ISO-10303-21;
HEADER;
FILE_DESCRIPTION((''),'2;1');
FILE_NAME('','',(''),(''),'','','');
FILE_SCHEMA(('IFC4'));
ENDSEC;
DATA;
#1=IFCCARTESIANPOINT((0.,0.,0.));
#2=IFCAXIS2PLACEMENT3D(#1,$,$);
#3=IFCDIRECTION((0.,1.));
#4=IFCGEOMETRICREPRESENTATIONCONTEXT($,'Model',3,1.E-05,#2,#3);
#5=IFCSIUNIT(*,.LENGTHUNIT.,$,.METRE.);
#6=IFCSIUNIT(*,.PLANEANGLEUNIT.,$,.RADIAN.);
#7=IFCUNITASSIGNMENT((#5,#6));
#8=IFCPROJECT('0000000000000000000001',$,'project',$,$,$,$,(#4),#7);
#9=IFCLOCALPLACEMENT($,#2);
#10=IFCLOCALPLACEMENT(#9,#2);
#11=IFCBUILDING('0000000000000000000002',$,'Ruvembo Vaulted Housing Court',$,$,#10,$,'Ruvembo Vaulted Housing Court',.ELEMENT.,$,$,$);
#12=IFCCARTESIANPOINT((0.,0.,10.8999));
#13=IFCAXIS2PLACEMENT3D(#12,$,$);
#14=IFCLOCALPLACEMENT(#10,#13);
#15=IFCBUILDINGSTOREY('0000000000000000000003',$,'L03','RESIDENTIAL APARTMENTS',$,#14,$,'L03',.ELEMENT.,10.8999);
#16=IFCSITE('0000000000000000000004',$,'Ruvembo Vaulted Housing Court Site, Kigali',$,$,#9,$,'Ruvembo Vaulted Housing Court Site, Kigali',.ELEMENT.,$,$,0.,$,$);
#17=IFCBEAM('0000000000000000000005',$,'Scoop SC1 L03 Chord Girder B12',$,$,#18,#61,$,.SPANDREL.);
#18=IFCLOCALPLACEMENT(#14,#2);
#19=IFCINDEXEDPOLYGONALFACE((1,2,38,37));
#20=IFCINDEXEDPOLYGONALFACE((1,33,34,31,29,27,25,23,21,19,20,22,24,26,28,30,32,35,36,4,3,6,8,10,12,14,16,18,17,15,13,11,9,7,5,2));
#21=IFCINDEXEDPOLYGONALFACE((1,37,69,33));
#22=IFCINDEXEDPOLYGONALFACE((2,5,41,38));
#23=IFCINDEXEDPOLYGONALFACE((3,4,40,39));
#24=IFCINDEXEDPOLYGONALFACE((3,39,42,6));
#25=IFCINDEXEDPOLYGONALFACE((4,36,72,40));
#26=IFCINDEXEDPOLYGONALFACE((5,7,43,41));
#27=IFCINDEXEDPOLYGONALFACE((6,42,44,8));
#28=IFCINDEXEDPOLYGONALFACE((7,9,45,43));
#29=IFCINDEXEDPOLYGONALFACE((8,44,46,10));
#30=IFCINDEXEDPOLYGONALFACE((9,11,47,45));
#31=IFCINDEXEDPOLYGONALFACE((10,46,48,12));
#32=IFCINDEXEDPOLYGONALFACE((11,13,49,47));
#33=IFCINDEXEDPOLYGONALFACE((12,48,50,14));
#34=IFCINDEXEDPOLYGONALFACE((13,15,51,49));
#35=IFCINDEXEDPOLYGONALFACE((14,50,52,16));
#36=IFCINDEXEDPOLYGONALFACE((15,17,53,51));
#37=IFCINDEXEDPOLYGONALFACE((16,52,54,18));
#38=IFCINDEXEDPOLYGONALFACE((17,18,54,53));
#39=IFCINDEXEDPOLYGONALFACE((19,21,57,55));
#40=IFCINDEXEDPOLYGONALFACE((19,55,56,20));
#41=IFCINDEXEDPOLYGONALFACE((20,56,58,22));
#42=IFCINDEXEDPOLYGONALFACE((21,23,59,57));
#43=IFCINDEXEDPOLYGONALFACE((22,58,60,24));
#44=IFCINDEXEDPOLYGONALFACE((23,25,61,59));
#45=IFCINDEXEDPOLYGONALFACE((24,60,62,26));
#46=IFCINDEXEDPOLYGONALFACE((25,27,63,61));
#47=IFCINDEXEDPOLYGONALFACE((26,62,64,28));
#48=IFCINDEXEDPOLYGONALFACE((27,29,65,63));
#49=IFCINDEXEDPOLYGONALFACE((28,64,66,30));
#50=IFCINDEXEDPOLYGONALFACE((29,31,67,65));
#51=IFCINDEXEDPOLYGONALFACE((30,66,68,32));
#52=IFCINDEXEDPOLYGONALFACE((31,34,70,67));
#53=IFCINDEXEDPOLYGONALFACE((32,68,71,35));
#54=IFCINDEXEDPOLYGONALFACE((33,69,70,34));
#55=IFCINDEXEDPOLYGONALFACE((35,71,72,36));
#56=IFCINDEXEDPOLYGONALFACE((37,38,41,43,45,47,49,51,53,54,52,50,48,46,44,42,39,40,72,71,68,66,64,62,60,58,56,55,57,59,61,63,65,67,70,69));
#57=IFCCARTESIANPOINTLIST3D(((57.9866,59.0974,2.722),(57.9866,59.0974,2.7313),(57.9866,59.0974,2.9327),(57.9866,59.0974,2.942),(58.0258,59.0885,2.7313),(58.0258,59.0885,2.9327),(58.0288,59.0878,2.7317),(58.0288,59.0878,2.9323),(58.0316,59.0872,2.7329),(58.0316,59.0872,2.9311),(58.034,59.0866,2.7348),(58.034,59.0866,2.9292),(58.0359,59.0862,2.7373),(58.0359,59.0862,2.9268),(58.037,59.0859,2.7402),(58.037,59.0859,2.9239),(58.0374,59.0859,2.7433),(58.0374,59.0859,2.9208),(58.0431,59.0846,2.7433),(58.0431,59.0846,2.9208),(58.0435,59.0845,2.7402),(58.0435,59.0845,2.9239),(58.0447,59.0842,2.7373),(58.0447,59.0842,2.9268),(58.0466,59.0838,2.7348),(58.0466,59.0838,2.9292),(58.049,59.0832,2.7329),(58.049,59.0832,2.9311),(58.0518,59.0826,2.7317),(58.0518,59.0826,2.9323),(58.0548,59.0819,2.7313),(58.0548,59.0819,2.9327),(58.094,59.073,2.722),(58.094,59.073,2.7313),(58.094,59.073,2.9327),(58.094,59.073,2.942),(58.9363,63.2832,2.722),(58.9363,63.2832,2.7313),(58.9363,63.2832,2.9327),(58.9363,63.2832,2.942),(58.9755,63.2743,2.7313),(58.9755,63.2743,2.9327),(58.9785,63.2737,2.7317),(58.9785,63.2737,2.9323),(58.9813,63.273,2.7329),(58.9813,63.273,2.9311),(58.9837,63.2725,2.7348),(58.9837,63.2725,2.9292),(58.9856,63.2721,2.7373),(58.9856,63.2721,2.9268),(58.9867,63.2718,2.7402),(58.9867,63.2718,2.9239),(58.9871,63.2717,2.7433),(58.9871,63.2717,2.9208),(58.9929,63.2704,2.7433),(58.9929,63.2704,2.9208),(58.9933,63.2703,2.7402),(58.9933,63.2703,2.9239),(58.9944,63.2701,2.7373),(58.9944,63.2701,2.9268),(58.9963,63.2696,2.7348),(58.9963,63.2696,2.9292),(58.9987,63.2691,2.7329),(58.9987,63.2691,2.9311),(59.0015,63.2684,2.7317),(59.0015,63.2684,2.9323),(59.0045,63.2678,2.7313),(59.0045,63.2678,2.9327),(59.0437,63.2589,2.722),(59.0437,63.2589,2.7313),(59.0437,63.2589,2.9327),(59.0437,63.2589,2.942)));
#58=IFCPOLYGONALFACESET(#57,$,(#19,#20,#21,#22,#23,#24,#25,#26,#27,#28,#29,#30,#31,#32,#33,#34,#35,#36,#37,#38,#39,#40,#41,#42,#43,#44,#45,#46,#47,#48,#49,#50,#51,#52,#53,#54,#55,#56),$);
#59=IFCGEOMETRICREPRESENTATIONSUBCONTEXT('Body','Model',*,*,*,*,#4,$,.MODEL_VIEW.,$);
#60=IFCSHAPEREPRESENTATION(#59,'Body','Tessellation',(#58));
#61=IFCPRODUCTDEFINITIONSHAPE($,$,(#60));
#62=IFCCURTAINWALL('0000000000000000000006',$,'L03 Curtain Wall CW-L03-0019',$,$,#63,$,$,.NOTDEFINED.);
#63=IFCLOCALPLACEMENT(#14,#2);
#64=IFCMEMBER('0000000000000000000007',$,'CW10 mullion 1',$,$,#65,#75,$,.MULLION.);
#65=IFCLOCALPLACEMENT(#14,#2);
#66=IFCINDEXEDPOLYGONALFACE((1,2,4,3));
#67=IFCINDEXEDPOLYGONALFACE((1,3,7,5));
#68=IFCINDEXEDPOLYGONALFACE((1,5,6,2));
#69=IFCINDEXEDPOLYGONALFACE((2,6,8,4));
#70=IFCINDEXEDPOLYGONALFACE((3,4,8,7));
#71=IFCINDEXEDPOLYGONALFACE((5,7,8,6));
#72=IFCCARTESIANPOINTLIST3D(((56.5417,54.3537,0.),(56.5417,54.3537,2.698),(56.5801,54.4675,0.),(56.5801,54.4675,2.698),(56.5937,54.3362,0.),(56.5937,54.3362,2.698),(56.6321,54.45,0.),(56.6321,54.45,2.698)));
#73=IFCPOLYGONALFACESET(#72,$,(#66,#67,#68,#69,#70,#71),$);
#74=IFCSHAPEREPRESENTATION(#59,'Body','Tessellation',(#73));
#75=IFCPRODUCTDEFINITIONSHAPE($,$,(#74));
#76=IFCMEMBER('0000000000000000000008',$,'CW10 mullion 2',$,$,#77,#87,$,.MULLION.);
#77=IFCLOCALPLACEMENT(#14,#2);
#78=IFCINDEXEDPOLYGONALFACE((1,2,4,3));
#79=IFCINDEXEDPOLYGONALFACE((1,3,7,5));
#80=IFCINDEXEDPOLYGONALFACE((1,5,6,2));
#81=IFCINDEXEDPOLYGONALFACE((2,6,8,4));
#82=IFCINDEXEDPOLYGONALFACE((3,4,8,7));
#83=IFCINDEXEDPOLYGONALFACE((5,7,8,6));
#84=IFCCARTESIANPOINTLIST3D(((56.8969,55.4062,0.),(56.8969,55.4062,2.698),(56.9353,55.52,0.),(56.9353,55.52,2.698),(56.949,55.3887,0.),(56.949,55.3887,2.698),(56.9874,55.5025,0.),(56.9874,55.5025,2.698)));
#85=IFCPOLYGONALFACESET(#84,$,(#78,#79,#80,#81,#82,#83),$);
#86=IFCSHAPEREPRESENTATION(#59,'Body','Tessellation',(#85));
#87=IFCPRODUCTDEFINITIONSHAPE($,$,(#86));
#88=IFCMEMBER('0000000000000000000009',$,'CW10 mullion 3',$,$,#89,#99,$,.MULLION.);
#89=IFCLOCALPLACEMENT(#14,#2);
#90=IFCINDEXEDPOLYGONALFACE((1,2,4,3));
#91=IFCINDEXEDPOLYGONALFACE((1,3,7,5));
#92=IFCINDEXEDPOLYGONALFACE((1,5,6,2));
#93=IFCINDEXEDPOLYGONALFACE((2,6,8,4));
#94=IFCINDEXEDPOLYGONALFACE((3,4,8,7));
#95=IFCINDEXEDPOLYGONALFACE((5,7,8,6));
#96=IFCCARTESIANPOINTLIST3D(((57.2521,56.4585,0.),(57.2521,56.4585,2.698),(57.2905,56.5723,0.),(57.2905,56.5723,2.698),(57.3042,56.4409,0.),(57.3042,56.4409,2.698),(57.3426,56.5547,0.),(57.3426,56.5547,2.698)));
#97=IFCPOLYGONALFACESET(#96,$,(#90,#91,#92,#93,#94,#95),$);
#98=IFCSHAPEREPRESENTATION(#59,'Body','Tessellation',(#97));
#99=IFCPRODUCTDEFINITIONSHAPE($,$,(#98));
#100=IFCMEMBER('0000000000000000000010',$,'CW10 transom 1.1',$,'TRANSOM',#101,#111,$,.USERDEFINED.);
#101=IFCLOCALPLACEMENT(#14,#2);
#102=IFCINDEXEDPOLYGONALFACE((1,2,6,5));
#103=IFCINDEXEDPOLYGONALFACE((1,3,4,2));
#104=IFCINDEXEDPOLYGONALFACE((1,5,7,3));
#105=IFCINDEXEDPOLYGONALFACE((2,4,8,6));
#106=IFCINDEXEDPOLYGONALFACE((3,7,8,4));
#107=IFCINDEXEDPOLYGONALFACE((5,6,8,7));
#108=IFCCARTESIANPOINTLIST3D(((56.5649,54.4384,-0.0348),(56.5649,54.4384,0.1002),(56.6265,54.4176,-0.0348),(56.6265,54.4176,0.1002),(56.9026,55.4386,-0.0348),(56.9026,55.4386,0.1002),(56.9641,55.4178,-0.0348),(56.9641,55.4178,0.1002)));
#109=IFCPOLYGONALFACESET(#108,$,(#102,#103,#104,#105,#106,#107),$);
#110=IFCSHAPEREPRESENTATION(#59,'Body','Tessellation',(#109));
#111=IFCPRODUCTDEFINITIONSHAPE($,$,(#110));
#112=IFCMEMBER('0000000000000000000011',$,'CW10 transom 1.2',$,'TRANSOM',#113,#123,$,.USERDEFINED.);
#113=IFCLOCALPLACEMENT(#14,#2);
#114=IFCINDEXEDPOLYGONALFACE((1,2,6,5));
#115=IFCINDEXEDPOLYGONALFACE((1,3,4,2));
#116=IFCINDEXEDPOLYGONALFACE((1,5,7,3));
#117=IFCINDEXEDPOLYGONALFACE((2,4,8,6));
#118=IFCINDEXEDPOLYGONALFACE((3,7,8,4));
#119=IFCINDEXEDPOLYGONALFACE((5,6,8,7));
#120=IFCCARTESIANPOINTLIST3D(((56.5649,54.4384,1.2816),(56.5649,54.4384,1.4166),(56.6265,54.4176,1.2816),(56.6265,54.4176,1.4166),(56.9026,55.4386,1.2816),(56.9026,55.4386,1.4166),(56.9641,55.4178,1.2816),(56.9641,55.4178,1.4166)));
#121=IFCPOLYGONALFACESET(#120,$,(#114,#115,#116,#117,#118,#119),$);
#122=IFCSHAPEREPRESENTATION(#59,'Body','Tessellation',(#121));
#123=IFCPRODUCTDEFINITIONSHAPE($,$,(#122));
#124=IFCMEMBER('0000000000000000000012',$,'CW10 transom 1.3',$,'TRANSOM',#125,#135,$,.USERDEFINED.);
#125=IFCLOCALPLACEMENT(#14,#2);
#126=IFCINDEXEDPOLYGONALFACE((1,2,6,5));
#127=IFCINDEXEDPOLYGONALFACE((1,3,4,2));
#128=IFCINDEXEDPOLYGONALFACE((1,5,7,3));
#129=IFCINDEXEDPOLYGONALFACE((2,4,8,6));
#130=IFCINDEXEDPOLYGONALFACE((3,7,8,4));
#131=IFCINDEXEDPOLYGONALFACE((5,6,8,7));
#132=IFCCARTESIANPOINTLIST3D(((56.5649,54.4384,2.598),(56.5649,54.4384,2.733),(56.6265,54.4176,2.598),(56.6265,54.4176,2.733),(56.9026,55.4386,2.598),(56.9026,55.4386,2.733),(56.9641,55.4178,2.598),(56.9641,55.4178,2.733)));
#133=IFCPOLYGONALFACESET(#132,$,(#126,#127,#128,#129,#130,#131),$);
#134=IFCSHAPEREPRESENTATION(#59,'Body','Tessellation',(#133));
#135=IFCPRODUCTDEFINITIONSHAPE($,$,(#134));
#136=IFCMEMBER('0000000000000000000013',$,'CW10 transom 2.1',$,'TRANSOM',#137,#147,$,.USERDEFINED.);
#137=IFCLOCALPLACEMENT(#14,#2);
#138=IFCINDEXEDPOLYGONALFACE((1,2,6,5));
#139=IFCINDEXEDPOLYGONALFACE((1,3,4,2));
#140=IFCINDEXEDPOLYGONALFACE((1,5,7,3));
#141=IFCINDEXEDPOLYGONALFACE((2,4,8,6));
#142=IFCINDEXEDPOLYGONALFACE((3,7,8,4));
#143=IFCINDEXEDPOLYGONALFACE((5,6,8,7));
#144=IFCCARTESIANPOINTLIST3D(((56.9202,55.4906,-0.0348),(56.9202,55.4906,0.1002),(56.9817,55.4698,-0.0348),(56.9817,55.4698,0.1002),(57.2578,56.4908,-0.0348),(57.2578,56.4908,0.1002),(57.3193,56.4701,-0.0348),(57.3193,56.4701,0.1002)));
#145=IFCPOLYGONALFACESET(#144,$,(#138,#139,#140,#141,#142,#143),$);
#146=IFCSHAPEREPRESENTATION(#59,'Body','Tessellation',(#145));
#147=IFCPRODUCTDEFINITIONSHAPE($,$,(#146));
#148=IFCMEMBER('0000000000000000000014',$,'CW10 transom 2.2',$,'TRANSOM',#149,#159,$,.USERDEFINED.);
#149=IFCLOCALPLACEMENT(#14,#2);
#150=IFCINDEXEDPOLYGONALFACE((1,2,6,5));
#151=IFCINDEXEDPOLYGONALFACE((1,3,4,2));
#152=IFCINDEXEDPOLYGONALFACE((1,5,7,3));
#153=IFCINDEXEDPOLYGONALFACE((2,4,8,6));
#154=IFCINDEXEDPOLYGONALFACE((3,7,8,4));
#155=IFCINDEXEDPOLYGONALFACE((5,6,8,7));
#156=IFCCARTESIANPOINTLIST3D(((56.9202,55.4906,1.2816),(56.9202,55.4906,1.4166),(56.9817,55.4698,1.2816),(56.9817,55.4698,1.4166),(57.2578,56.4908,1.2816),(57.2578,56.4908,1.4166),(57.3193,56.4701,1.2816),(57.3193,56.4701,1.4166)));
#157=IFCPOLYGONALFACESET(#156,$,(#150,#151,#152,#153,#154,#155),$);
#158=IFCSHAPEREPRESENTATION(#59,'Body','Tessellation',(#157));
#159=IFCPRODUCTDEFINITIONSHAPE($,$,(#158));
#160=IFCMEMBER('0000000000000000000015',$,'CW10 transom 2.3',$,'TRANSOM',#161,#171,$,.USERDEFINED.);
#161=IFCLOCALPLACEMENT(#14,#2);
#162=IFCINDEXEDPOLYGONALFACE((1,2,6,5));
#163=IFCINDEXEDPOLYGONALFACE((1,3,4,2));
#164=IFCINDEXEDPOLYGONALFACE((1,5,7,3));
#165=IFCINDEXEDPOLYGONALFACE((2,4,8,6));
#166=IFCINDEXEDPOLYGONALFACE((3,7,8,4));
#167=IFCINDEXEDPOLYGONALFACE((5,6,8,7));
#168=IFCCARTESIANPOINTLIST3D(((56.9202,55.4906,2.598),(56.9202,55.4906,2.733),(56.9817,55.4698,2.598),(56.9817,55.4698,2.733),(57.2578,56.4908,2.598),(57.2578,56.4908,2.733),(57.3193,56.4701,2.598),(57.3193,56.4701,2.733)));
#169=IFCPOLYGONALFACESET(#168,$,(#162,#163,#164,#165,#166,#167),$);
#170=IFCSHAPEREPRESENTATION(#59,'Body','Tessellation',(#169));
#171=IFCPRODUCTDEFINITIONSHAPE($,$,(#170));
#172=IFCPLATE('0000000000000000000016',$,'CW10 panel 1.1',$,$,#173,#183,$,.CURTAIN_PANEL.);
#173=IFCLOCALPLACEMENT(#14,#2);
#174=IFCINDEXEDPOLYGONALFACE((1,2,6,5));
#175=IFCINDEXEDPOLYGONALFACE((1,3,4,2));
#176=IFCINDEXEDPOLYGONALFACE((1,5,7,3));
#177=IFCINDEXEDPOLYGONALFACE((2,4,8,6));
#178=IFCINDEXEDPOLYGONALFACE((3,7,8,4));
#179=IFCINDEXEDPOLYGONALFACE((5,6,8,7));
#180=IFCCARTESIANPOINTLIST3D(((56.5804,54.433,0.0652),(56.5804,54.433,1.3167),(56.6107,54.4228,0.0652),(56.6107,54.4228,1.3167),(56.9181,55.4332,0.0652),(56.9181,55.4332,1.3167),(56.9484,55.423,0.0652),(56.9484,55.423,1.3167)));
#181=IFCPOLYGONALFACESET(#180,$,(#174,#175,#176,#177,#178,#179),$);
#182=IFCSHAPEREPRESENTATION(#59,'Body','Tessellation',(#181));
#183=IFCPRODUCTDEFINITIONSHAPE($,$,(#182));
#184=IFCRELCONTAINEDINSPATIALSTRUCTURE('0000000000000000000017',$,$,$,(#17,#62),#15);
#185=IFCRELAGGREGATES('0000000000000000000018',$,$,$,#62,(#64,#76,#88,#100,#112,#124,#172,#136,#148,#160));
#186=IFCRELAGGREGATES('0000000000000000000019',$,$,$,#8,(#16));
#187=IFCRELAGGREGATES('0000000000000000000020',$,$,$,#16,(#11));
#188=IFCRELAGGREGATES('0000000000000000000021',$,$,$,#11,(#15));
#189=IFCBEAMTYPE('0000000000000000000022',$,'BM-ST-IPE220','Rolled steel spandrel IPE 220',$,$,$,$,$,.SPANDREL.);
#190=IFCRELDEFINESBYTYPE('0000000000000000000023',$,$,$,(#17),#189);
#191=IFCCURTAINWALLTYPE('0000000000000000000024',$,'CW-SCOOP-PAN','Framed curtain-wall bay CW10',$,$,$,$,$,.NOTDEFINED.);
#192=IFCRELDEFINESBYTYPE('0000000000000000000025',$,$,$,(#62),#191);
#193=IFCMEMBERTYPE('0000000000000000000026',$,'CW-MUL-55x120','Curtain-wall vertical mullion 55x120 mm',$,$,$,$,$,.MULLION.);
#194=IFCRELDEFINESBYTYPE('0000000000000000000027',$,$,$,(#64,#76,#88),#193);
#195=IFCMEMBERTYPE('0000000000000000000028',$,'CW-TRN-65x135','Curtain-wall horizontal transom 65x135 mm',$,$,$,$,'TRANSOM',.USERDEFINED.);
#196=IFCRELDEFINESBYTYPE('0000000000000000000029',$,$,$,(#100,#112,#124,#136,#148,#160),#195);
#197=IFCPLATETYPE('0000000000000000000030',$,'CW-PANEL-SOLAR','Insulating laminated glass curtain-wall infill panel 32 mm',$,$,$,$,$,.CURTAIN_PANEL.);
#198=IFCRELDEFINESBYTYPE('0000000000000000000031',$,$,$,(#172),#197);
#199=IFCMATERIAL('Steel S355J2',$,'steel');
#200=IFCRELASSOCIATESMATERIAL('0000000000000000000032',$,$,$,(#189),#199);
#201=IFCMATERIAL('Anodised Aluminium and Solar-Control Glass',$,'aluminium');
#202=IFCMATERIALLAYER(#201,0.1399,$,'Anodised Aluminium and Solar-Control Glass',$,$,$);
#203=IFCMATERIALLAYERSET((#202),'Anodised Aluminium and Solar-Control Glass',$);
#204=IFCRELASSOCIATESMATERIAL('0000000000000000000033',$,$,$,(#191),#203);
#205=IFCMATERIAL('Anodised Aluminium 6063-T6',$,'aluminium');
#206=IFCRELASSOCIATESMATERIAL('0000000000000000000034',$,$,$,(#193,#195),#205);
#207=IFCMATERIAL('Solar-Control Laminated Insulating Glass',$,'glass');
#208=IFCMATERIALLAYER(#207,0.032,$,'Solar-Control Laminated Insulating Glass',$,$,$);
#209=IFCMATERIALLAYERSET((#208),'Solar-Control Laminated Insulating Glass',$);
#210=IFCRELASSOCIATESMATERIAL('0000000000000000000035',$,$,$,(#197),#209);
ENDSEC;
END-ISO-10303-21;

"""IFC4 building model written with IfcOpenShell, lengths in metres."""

from ifc_helpers import new_model, si_unit, direction, frame, origin, origin_2d, place, context, subcontext, project, spatial, rectangle, i_section, extrude, material, layer, layer_set, material_profile, profile_set, type_object, element, aggregate, save


model = new_model("IFC4")

# Units and contexts
model_context = context("Model", 3, precision=1e-05, world=origin(), true_north=direction((0.0, 1.0)))
body_context = subcontext(model_context, "Body", "Model", "MODEL_VIEW")
ifc_project = project(units=[si_unit("LENGTHUNIT", "METRE"), si_unit("PLANEANGLEUNIT", "RADIAN")], contexts=[model_context])

# Site, building, storey
site_placement = place(None, origin())
site = spatial("IfcSite", under=ifc_project, at=site_placement, Name="Ruvembo Vaulted Housing Court Site, Kigali", LongName="Ruvembo Vaulted Housing Court Site, Kigali", CompositionType="ELEMENT", RefElevation=0.0)
building_placement = place(site_placement, origin())
building = spatial("IfcBuilding", under=site, at=building_placement, Name="Ruvembo Vaulted Housing Court", LongName="Ruvembo Vaulted Housing Court", CompositionType="ELEMENT")
storey_placement = place(building_placement, frame((0.0, 0.0, 10.8999)))
storey = spatial("IfcBuildingStorey", under=building, at=storey_placement, Name="L03", Description="RESIDENTIAL APARTMENTS", LongName="L03", CompositionType="ELEMENT", Elevation=10.8999)

# Beam
ifc_material_1 = material(Name="Steel S355J2", Category="steel")
ifc_material_profile_1 = material_profile(ifc_material_1, i_section(OverallWidth=0.1101, OverallDepth=0.22, WebThickness=0.0059, FlangeThickness=0.0093, FilletRadius=0.012, at=origin_2d()), Name="IPE 220")
ifc_profile_set_1 = profile_set([ifc_material_profile_1], Name="Steel S355J2")
beam_type_1 = type_object("IfcBeamType", Name="BM-ST-IPE220", Description="Rolled steel spandrel IPE 220", PredefinedType="SPANDREL", material=ifc_profile_set_1)
beam_1_placement = place(storey_placement, frame((58.0403, 59.0852, 2.832), z_axis=(0.221265, 0.975214, 0.0), x_axis=(-0.975214, 0.221265, 0.0)))
element("IfcBeam", 1, at=beam_1_placement, inside=storey, type_object=beam_type_1, Name="Scoop SC1 L03 Chord Girder B12", PredefinedType="SPANDREL", context=body_context, shape_type="SweptSolid", body=[
    extrude(i_section(OverallWidth=0.1101, OverallDepth=0.22, WebThickness=0.0059, FlangeThickness=0.0093, FilletRadius=0.012, at=origin_2d()), origin(), (0.0, 0.0, 1.0), 4.2922),
])

# Curtain wall, members, plate
ifc_material_2 = material(Name="Anodised Aluminium and Solar-Control Glass", Category="aluminium")
ifc_layer_1 = layer(ifc_material_2, 0.1399, Name="Anodised Aluminium and Solar-Control Glass")
ifc_layer_set_1 = layer_set([ifc_layer_1], Name="Anodised Aluminium and Solar-Control Glass")
curtain_wall_type = type_object("IfcCurtainWallType", Name="CW-SCOOP-PAN", Description="Framed curtain-wall bay CW10", PredefinedType="NOTDEFINED", material=ifc_layer_set_1)
curtain_wall_placement = place(storey_placement, origin())
curtain_wall = element("IfcCurtainWall", 2, at=curtain_wall_placement, inside=storey, type_object=curtain_wall_type, Name="L03 Curtain Wall CW-L03-0019", PredefinedType="NOTDEFINED")
ifc_material_3 = material(Name="Anodised Aluminium 6063-T6", Category="aluminium")
ifc_material_profile_2 = material_profile(ifc_material_3, rectangle(XDim=0.0549, YDim=0.1201, at=origin_2d()), Name="ALU 55x120")
ifc_profile_set_2 = profile_set([ifc_material_profile_2], Name="Anodised Aluminium 6063-T6")
member_type_1 = type_object("IfcMemberType", Name="CW-MUL-55x120", Description="Curtain-wall vertical mullion 55x120 mm", PredefinedType="MULLION", material=ifc_profile_set_2)
member_1_placement = place(storey_placement, frame((56.5869, 54.4019, 0.0), z_axis=(0.0, 0.0, 1.0), x_axis=(-0.947473, 0.319836, 0.0)))
member_1 = element("IfcMember", 3, at=member_1_placement, type_object=member_type_1, Name="CW10 mullion 1", PredefinedType="MULLION", context=body_context, shape_type="SweptSolid", body=[
    extrude(rectangle(XDim=0.0549, YDim=0.1201, at=origin_2d()), origin(), (0.0, 0.0, 1.0), 2.698),
])
member_2_placement = place(storey_placement, frame((56.9421, 55.4543, 0.0), z_axis=(0.0, 0.0, 1.0), x_axis=(-0.947473, 0.319836, 0.0)))
member_2 = element("IfcMember", 4, at=member_2_placement, type_object=member_type_1, Name="CW10 mullion 2", PredefinedType="MULLION", context=body_context, shape_type="SweptSolid", body=[
    extrude(rectangle(XDim=0.0549, YDim=0.1201, at=origin_2d()), origin(), (0.0, 0.0, 1.0), 2.698),
])
member_3_placement = place(storey_placement, frame((57.2974, 56.5066, 0.0), z_axis=(0.0, 0.0, 1.0), x_axis=(-0.947473, 0.319836, 0.0)))
member_3 = element("IfcMember", 5, at=member_3_placement, type_object=member_type_1, Name="CW10 mullion 3", PredefinedType="MULLION", context=body_context, shape_type="SweptSolid", body=[
    extrude(rectangle(XDim=0.0549, YDim=0.1201, at=origin_2d()), origin(), (0.0, 0.0, 1.0), 2.698),
])
ifc_material_profile_3 = material_profile(ifc_material_3, rectangle(XDim=0.0649, YDim=0.135, at=origin_2d()), Name="ALU 65x135")
ifc_profile_set_3 = profile_set([ifc_material_profile_3], Name="Anodised Aluminium 6063-T6")
member_type_2 = type_object("IfcMemberType", Name="CW-TRN-65x135", Description="Curtain-wall horizontal transom 65x135 mm", ElementType="TRANSOM", PredefinedType="USERDEFINED", material=ifc_profile_set_3)
member_4_placement = place(storey_placement, frame((56.5957, 54.428, 0.0327), z_axis=(0.319833, 0.947474, 0.0), x_axis=(-0.947474, 0.319833, 0.0)))
member_4 = element("IfcMember", 6, at=member_4_placement, type_object=member_type_2, Name="CW10 transom 1.1", ObjectType="TRANSOM", PredefinedType="USERDEFINED", context=body_context, shape_type="SweptSolid", body=[
    extrude(rectangle(XDim=0.0649, YDim=0.135, at=origin_2d()), origin(), (0.0, 0.0, 1.0), 1.0557),
])
member_5_placement = place(storey_placement, frame((56.5957, 54.428, 1.3491), z_axis=(0.319833, 0.947474, 0.0), x_axis=(-0.947474, 0.319833, 0.0)))
member_5 = element("IfcMember", 7, at=member_5_placement, type_object=member_type_2, Name="CW10 transom 1.2", ObjectType="TRANSOM", PredefinedType="USERDEFINED", context=body_context, shape_type="SweptSolid", body=[
    extrude(rectangle(XDim=0.0649, YDim=0.135, at=origin_2d()), origin(), (0.0, 0.0, 1.0), 1.0557),
])
member_6_placement = place(storey_placement, frame((56.5957, 54.428, 2.6655), z_axis=(0.319833, 0.947474, 0.0), x_axis=(-0.947474, 0.319833, 0.0)))
member_6 = element("IfcMember", 8, at=member_6_placement, type_object=member_type_2, Name="CW10 transom 1.3", ObjectType="TRANSOM", PredefinedType="USERDEFINED", context=body_context, shape_type="SweptSolid", body=[
    extrude(rectangle(XDim=0.0649, YDim=0.135, at=origin_2d()), origin(), (0.0, 0.0, 1.0), 1.0557),
])
member_7_placement = place(storey_placement, frame((56.9509, 55.4802, 0.0327), z_axis=(0.319833, 0.947474, 0.0), x_axis=(-0.947474, 0.319833, 0.0)))
member_7 = element("IfcMember", 9, at=member_7_placement, type_object=member_type_2, Name="CW10 transom 2.1", ObjectType="TRANSOM", PredefinedType="USERDEFINED", context=body_context, shape_type="SweptSolid", body=[
    extrude(rectangle(XDim=0.0649, YDim=0.135, at=origin_2d()), origin(), (0.0, 0.0, 1.0), 1.0557),
])
member_8_placement = place(storey_placement, frame((56.9509, 55.4802, 1.3491), z_axis=(0.319833, 0.947474, 0.0), x_axis=(-0.947474, 0.319833, 0.0)))
member_8 = element("IfcMember", 10, at=member_8_placement, type_object=member_type_2, Name="CW10 transom 2.2", ObjectType="TRANSOM", PredefinedType="USERDEFINED", context=body_context, shape_type="SweptSolid", body=[
    extrude(rectangle(XDim=0.0649, YDim=0.135, at=origin_2d()), origin(), (0.0, 0.0, 1.0), 1.0557),
])
member_9_placement = place(storey_placement, frame((56.9509, 55.4802, 2.6655), z_axis=(0.319833, 0.947474, 0.0), x_axis=(-0.947474, 0.319833, 0.0)))
member_9 = element("IfcMember", 11, at=member_9_placement, type_object=member_type_2, Name="CW10 transom 2.3", ObjectType="TRANSOM", PredefinedType="USERDEFINED", context=body_context, shape_type="SweptSolid", body=[
    extrude(rectangle(XDim=0.0649, YDim=0.135, at=origin_2d()), origin(), (0.0, 0.0, 1.0), 1.0557),
])
ifc_material_4 = material(Name="Solar-Control Laminated Insulating Glass", Category="glass")
ifc_layer_2 = layer(ifc_material_4, 0.032, Name="Solar-Control Laminated Insulating Glass")
ifc_layer_set_2 = layer_set([ifc_layer_2], Name="Solar-Control Laminated Insulating Glass")
plate_type_1 = type_object("IfcPlateType", Name="CW-PANEL-SOLAR", Description="Insulating laminated glass curtain-wall infill panel 32 mm", PredefinedType="CURTAIN_PANEL", material=ifc_layer_set_2)
plate_1_placement = place(storey_placement, frame((56.7644, 54.928, 0.0652), z_axis=(0.0, 0.0, 1.0), x_axis=(0.319836, 0.947473, 0.0)))
plate_1 = element("IfcPlate", 12, at=plate_1_placement, type_object=plate_type_1, Name="CW10 panel 1.1", PredefinedType="CURTAIN_PANEL", context=body_context, shape_type="SweptSolid", body=[
    extrude(rectangle(XDim=1.0557, YDim=0.032, at=origin_2d()), origin(), (0.0, 0.0, 1.0), 1.2515),
])
aggregate(curtain_wall, [member_1, member_2, member_3, member_4, member_5, member_6, plate_1, member_7, member_8, member_9])

save(model, "model.ifc")
